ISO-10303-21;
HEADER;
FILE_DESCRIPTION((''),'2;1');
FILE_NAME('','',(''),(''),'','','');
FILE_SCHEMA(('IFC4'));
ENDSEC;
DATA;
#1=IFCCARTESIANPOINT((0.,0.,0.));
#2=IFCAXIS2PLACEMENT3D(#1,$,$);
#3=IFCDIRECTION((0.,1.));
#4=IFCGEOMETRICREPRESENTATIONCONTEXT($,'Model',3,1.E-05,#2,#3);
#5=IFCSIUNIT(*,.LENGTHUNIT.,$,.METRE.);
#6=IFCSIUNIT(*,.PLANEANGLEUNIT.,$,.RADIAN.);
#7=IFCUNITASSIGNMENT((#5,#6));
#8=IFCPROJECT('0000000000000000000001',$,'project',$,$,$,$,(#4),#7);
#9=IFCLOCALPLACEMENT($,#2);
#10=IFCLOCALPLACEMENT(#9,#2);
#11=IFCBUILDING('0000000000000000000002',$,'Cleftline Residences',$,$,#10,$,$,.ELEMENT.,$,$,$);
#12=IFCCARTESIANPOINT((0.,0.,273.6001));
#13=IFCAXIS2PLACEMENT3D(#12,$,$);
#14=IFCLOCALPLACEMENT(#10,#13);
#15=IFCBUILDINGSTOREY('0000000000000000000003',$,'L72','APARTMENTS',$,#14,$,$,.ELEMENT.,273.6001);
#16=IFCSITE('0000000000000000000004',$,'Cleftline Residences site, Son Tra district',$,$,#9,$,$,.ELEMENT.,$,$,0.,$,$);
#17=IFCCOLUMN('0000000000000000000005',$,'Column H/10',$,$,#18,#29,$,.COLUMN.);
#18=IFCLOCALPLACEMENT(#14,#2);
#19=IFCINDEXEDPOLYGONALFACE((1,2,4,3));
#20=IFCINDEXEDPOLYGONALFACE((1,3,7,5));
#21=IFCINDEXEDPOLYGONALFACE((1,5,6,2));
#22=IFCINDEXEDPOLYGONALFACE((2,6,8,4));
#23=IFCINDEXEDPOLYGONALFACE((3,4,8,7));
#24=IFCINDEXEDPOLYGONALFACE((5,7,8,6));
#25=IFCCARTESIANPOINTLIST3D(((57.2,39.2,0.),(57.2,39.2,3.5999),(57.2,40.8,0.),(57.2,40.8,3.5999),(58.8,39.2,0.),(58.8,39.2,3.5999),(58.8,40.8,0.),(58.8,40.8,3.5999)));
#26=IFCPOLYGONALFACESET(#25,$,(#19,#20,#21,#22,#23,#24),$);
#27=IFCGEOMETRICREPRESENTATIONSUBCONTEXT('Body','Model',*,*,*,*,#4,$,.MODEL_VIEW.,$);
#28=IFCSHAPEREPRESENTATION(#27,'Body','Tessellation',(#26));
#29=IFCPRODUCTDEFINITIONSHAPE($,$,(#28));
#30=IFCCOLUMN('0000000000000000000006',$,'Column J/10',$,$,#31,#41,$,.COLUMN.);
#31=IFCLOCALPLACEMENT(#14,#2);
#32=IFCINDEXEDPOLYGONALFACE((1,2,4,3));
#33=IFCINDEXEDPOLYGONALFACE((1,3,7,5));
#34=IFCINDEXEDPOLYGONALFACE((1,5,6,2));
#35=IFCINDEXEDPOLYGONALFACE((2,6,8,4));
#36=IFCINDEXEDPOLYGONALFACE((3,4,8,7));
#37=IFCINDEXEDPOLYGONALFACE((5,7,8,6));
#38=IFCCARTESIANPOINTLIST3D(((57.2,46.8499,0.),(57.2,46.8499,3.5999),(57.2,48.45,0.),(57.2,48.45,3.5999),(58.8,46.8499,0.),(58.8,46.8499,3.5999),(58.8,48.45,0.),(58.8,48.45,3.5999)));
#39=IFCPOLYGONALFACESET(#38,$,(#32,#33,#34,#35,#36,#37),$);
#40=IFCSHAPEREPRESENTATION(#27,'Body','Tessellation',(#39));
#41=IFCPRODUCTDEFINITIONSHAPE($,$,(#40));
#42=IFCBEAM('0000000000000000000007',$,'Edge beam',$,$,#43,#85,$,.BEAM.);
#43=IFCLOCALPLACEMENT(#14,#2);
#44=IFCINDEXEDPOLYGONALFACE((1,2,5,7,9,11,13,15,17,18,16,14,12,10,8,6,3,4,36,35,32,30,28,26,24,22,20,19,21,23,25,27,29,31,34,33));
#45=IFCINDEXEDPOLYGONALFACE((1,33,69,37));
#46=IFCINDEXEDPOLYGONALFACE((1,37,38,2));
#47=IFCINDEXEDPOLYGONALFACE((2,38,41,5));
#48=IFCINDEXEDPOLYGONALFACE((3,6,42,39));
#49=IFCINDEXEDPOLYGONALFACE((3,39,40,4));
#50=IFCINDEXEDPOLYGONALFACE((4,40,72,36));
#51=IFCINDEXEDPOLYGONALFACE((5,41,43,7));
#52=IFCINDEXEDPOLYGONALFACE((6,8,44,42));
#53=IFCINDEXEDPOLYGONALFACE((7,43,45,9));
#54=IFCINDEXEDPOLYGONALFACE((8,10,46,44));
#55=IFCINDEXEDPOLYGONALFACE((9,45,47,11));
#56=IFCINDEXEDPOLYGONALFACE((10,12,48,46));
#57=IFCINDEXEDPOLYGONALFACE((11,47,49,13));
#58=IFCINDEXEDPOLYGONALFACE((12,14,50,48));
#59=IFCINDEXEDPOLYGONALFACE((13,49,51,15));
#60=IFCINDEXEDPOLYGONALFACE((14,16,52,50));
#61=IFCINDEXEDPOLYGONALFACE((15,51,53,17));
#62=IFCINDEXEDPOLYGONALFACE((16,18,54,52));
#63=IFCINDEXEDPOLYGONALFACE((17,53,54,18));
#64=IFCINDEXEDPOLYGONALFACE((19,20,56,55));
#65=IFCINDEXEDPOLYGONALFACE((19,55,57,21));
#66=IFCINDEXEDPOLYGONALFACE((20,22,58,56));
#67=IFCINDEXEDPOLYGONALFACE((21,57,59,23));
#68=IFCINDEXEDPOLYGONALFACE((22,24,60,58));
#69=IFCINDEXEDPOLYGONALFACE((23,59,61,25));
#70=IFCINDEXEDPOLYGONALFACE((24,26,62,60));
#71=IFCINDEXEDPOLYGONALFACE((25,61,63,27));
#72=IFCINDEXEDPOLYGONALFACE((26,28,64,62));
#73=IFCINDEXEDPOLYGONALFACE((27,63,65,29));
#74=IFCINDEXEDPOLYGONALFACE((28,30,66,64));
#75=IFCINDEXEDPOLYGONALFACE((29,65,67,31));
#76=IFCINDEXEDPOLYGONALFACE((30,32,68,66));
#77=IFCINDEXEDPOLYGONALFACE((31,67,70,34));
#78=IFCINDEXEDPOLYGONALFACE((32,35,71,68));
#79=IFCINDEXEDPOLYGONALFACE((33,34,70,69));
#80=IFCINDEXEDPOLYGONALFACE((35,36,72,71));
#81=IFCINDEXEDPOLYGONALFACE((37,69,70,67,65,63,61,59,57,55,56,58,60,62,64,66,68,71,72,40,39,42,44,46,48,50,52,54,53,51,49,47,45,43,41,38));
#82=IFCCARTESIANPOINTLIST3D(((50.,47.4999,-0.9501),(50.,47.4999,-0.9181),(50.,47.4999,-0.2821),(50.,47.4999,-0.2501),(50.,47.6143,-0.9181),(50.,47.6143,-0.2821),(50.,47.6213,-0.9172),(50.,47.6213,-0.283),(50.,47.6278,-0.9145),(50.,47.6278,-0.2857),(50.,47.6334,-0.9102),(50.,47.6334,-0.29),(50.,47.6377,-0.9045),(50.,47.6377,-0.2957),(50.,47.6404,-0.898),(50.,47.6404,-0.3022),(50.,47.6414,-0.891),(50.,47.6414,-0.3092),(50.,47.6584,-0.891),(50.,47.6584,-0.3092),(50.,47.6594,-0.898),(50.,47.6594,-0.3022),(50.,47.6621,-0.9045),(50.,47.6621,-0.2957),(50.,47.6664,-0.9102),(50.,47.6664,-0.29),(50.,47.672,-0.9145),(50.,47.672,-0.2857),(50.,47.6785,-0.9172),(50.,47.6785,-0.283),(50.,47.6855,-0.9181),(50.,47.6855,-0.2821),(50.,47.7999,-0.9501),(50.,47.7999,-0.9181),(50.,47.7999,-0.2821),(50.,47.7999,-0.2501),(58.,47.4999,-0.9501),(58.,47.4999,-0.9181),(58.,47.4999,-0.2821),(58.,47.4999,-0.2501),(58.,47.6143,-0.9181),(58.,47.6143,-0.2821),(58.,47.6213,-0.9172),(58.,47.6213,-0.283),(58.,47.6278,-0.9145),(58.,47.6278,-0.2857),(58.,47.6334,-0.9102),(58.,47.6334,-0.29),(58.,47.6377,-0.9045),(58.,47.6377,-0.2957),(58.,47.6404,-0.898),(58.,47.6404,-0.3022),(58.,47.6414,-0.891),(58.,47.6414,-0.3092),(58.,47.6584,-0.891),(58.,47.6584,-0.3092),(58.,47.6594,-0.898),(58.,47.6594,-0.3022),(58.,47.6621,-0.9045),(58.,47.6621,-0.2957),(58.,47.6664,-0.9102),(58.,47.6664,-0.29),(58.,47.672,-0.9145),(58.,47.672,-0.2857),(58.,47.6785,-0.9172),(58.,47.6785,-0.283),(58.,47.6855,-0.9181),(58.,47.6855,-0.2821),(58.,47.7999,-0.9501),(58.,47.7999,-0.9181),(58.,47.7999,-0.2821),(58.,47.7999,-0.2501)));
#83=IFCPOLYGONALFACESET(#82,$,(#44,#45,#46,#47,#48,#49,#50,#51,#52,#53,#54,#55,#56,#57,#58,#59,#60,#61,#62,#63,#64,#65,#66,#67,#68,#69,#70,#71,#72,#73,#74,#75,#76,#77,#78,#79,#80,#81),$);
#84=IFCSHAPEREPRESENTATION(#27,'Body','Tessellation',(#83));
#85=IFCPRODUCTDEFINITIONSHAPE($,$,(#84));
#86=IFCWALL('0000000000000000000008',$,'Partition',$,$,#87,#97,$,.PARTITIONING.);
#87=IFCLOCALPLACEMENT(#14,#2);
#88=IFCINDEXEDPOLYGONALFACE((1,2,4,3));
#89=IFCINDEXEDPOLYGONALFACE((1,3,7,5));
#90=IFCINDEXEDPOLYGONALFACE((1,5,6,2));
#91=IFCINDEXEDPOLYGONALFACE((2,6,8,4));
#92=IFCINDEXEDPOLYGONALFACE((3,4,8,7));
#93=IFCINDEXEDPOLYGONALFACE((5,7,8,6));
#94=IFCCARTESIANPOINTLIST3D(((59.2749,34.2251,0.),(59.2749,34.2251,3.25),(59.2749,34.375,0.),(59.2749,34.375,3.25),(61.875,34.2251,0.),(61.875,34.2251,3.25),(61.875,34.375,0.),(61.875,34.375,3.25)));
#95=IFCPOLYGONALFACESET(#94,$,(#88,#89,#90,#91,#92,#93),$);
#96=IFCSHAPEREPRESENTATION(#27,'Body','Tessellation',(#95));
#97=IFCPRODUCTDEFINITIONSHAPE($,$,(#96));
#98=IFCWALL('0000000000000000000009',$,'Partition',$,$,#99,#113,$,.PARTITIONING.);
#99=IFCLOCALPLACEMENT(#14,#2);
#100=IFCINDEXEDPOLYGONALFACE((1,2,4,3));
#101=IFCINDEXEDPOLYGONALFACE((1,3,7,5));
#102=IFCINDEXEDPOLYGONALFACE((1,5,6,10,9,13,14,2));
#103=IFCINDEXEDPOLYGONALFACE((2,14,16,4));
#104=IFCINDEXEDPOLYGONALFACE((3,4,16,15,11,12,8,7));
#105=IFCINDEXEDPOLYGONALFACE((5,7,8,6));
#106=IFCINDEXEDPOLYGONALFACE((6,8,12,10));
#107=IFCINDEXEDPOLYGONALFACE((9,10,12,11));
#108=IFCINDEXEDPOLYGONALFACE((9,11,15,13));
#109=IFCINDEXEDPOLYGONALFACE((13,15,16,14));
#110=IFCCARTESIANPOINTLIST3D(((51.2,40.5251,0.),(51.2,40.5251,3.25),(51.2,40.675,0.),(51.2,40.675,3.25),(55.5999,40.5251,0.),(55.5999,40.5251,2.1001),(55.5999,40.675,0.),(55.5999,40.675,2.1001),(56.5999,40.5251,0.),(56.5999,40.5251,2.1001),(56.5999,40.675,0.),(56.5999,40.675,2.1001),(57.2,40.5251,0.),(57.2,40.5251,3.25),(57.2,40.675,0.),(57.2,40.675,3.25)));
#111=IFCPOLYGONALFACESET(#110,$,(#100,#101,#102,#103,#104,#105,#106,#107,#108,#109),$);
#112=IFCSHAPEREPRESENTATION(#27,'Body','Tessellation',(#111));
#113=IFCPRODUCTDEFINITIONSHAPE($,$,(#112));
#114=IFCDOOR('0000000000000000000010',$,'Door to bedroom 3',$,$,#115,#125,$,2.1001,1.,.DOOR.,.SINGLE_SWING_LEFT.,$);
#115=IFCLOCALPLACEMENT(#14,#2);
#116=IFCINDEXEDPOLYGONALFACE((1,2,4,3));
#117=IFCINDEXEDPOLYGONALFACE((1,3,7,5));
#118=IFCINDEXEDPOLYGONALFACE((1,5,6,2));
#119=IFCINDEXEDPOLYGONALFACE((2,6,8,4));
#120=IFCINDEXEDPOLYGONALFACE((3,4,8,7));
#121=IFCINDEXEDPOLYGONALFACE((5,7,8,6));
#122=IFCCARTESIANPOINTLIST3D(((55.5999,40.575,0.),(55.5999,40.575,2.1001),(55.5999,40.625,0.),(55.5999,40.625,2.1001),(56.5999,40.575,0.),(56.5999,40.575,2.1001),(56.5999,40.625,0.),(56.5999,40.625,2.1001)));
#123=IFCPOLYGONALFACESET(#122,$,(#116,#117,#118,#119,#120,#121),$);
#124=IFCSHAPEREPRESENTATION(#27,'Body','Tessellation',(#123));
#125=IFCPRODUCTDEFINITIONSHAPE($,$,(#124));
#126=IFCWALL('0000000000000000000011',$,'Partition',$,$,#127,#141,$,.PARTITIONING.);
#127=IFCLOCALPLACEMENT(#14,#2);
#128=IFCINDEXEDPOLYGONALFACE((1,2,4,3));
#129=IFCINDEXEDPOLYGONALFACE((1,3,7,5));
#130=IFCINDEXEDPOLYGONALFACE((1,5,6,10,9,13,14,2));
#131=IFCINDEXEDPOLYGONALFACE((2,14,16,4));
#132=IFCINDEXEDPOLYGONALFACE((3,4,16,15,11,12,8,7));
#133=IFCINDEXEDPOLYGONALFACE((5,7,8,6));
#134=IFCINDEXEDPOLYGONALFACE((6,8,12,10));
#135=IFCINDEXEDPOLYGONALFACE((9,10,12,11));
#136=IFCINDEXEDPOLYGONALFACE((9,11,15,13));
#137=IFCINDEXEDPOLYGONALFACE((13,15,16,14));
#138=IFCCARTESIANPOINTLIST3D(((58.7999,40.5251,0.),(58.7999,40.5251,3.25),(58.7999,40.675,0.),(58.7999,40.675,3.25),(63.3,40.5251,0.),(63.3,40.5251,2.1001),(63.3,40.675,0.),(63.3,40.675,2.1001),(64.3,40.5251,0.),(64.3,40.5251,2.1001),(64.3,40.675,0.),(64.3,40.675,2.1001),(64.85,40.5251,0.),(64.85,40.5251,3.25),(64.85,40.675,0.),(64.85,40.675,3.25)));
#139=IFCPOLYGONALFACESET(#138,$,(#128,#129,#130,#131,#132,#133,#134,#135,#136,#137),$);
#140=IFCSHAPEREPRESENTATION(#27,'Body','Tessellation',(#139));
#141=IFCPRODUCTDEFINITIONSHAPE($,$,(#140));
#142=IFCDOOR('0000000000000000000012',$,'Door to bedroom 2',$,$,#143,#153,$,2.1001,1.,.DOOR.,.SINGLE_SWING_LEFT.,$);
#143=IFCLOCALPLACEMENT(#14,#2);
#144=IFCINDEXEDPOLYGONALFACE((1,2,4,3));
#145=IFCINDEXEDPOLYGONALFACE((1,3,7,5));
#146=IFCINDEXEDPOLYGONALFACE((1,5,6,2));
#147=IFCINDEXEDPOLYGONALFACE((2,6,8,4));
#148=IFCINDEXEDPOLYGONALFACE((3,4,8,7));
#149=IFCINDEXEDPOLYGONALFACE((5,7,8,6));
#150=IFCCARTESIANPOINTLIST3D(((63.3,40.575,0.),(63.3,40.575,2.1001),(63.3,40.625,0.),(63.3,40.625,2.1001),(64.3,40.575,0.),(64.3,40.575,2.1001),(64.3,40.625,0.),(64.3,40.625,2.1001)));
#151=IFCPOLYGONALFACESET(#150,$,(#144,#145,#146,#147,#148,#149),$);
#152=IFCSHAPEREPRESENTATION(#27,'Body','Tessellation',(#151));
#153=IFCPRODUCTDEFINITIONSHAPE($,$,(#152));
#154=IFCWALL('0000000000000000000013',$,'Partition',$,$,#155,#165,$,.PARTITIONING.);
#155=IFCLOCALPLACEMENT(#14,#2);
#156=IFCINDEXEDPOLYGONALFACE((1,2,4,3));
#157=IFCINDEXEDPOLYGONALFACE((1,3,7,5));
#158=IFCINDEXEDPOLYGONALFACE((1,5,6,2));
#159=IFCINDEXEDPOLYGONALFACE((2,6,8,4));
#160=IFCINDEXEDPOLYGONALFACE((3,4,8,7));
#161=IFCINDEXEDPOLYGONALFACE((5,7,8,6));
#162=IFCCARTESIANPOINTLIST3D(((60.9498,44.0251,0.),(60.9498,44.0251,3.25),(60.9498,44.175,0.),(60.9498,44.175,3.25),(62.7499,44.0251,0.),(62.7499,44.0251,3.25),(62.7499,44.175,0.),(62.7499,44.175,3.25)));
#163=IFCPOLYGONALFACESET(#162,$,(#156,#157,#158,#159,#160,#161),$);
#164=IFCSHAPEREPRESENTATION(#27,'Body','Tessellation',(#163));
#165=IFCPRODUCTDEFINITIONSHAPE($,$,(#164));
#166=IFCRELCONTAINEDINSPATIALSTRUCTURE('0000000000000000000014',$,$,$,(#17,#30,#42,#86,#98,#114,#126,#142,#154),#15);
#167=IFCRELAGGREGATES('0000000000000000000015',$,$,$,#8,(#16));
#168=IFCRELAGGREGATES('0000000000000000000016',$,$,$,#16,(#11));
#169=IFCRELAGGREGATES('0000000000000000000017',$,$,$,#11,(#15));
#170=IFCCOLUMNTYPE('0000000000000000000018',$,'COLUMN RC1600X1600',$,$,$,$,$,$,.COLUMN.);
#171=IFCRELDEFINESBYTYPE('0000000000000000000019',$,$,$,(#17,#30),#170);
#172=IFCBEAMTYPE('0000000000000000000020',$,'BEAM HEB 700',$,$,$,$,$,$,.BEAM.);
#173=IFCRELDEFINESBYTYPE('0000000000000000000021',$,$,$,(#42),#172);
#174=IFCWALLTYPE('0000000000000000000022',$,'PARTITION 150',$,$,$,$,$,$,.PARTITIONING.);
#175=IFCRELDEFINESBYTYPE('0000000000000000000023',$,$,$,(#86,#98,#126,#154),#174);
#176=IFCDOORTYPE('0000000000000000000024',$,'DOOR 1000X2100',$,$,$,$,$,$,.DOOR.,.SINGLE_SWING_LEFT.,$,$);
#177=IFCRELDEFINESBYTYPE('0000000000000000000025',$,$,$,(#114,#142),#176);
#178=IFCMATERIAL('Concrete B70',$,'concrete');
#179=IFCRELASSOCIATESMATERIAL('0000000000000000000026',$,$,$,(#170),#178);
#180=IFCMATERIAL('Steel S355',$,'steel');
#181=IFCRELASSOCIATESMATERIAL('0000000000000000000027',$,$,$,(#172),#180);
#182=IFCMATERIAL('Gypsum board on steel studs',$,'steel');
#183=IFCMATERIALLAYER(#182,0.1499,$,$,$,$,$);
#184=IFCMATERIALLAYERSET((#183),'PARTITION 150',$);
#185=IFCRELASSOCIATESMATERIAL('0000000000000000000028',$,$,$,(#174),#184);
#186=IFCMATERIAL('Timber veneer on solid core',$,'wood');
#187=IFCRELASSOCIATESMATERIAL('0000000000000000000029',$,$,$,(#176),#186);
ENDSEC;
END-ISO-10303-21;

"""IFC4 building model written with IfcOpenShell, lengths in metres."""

from ifc_helpers import new_model, si_unit, direction, frame, frame_2d, origin, origin_2d, place, context, subcontext, project, spatial, rectangle, i_section, extrude, material, layer, layer_set, material_profile, profile_set, type_object, element, fill, save


model = new_model("IFC4")

# Units and contexts
model_context = context("Model", 3, precision=1e-05, world=origin(), true_north=direction((0.0, 1.0)))
body_context = subcontext(model_context, "Body", "Model", "MODEL_VIEW")
ifc_project = project(units=[si_unit("LENGTHUNIT", "METRE"), si_unit("PLANEANGLEUNIT", "RADIAN")], contexts=[model_context])

# Site, building, storey
site_placement = place(None, origin())
site = spatial("IfcSite", under=ifc_project, at=site_placement, Name="Cleftline Residences site, Son Tra district", CompositionType="ELEMENT", RefElevation=0.0)
building_placement = place(site_placement, origin())
building = spatial("IfcBuilding", under=site, at=building_placement, Name="Cleftline Residences", CompositionType="ELEMENT")
storey_placement = place(building_placement, frame((0.0, 0.0, 273.6001)))
storey = spatial("IfcBuildingStorey", under=building, at=storey_placement, Name="L72", Description="APARTMENTS", CompositionType="ELEMENT", Elevation=273.6001)

# Columns
ifc_material_1 = material(Name="Concrete B70", Category="concrete")
ifc_material_profile_1 = material_profile(ifc_material_1, rectangle(XDim=1.6001, YDim=1.6001, at=origin_2d()))
ifc_profile_set_1 = profile_set([ifc_material_profile_1], Name="Concrete B70")
column_type = type_object("IfcColumnType", Name="COLUMN RC1600X1600", PredefinedType="COLUMN", material=ifc_profile_set_1)
for number, where, z_axis, x_axis, name in (
    (1, (58.0, 40.0, 0.0), (0.0, 0.0, 1.0), (1.0, 0.0, 0.0), "Column H/10"),
    (2, (58.0, 47.6499, 0.0), (0.0, 0.0, 1.0), (1.0, 0.0, 0.0), "Column J/10"),
):
    element("IfcColumn", number, at=place(storey_placement, frame(where, z_axis=z_axis, x_axis=x_axis)), inside=storey, type_object=column_type, Name=name, PredefinedType="COLUMN", context=body_context, shape_type="SweptSolid", body=[
        extrude(rectangle(XDim=1.6001, YDim=1.6001, at=origin_2d()), origin(), (0.0, 0.0, 1.0), 3.5999),
    ])

# Beam
ifc_material_2 = material(Name="Steel S355", Category="steel")
ifc_material_profile_2 = material_profile(ifc_material_2, i_section(OverallWidth=0.3, OverallDepth=0.7, WebThickness=0.0171, FlangeThickness=0.032, FilletRadius=0.0271, at=origin_2d()))
ifc_profile_set_2 = profile_set([ifc_material_profile_2], Name="Steel S355")
beam_type = type_object("IfcBeamType", Name="BEAM HEB 700", PredefinedType="BEAM", material=ifc_profile_set_2)
beam_placement = place(storey_placement, frame((58.0, 47.6499, -0.6001), z_axis=(-1.0, 0.0, 0.0), x_axis=(0.0, -1.0, 0.0)))
element("IfcBeam", 3, at=beam_placement, inside=storey, type_object=beam_type, Name="Edge beam", PredefinedType="BEAM", context=body_context, shape_type="SweptSolid", body=[
    extrude(i_section(OverallWidth=0.3, OverallDepth=0.7, WebThickness=0.0171, FlangeThickness=0.032, FilletRadius=0.0271, at=origin_2d()), origin(), (0.0, 0.0, 1.0), 8.0),
])

# Wall
ifc_material_3 = material(Name="Gypsum board on steel studs", Category="steel")
ifc_layer = layer(ifc_material_3, 0.1499)
ifc_layer_set = layer_set([ifc_layer], Name="PARTITION 150")
wall_type = type_object("IfcWallType", Name="PARTITION 150", PredefinedType="PARTITIONING", material=ifc_layer_set)
wall_1_placement = place(storey_placement, frame((59.2749, 34.3, 0.0), z_axis=(0.0, 0.0, 1.0), x_axis=(1.0, 0.0, 0.0)))
element("IfcWall", 4, at=wall_1_placement, inside=storey, type_object=wall_type, Name="Partition", PredefinedType="PARTITIONING", context=body_context, shape_type="SweptSolid", body=[
    extrude(rectangle(XDim=2.6001, YDim=0.1499, at=frame_2d((1.3, 0.0))), origin(), (0.0, 0.0, 1.0), 3.25),
])

# Walls, openings, doors
wall_2_placement = place(storey_placement, frame((51.2, 40.6001, 0.0), z_axis=(0.0, 0.0, 1.0), x_axis=(1.0, 0.0, 0.0)))
wall_2 = element("IfcWall", 5, at=wall_2_placement, inside=storey, type_object=wall_type, Name="Partition", PredefinedType="PARTITIONING", context=body_context, shape_type="SweptSolid", body=[
    extrude(rectangle(XDim=6.0, YDim=0.1499, at=frame_2d((3.0, 0.0))), origin(), (0.0, 0.0, 1.0), 3.25),
])
opening_1_placement = place(wall_2_placement, frame((4.3999, 0.0, 0.0)))
opening_1 = element("IfcOpeningElement", 6, at=opening_1_placement, cuts=wall_2, PredefinedType="OPENING", context=body_context, shape_type="SweptSolid", body=[
    extrude(rectangle(XDim=1.0, YDim=2.1001, at=frame_2d((0.5, 1.05))), frame((0.0, 0.085, 0.0), z_axis=(0.0, -1.0, 0.0), x_axis=(1.0, 0.0, 0.0)), (0.0, 0.0, 1.0), 0.1699),
])
ifc_material_4 = material(Name="Timber veneer on solid core", Category="wood")
door_type_1 = type_object("IfcDoorType", Name="DOOR 1000X2100", OperationType="SINGLE_SWING_LEFT", PredefinedType="DOOR", material=ifc_material_4)
door_1_placement = place(opening_1_placement, origin())
door_1 = element("IfcDoor", 7, at=door_1_placement, inside=storey, type_object=door_type_1, Name="Door to bedroom 3", OperationType="SINGLE_SWING_LEFT", OverallHeight=2.1001, OverallWidth=1.0, PredefinedType="DOOR", context=body_context, shape_type="SweptSolid", body=[
    extrude(rectangle(XDim=1.0, YDim=2.1001, at=frame_2d((0.5, 1.05))), frame((0.0, 0.0249, 0.0), z_axis=(0.0, -1.0, 0.0), x_axis=(1.0, 0.0, 0.0)), (0.0, 0.0, 1.0), 0.05),
])
fill(opening_1, door_1)
wall_3_placement = place(storey_placement, frame((58.8, 40.6001, 0.0), z_axis=(0.0, 0.0, 1.0), x_axis=(1.0, 0.0, 0.0)))
wall_3 = element("IfcWall", 8, at=wall_3_placement, inside=storey, type_object=wall_type, Name="Partition", PredefinedType="PARTITIONING", context=body_context, shape_type="SweptSolid", body=[
    extrude(rectangle(XDim=6.05, YDim=0.1499, at=frame_2d((3.0249, 0.0))), origin(), (0.0, 0.0, 1.0), 3.25),
])
opening_2_placement = place(wall_3_placement, frame((4.5, 0.0, 0.0)))
opening_2 = element("IfcOpeningElement", 9, at=opening_2_placement, cuts=wall_3, PredefinedType="OPENING", context=body_context, shape_type="SweptSolid", body=[
    extrude(rectangle(XDim=1.0, YDim=2.1001, at=frame_2d((0.5, 1.05))), frame((0.0, 0.085, 0.0), z_axis=(0.0, -1.0, 0.0), x_axis=(1.0, 0.0, 0.0)), (0.0, 0.0, 1.0), 0.1699),
])
door_2_placement = place(opening_2_placement, origin())
door_2 = element("IfcDoor", 10, at=door_2_placement, inside=storey, type_object=door_type_1, Name="Door to bedroom 2", OperationType="SINGLE_SWING_LEFT", OverallHeight=2.1001, OverallWidth=1.0, PredefinedType="DOOR", context=body_context, shape_type="SweptSolid", body=[
    extrude(rectangle(XDim=1.0, YDim=2.1001, at=frame_2d((0.5, 1.05))), frame((0.0, 0.0249, 0.0), z_axis=(0.0, -1.0, 0.0), x_axis=(1.0, 0.0, 0.0)), (0.0, 0.0, 1.0), 0.05),
])
fill(opening_2, door_2)

# Wall
wall_4_placement = place(storey_placement, frame((60.95, 44.1001, 0.0), z_axis=(0.0, 0.0, 1.0), x_axis=(1.0, 0.0, 0.0)))
element("IfcWall", 11, at=wall_4_placement, inside=storey, type_object=wall_type, Name="Partition", PredefinedType="PARTITIONING", context=body_context, shape_type="SweptSolid", body=[
    extrude(rectangle(XDim=1.8, YDim=0.1499, at=frame_2d((0.8999, 0.0))), origin(), (0.0, 0.0, 1.0), 3.25),
])

save(model, "model.ifc")
